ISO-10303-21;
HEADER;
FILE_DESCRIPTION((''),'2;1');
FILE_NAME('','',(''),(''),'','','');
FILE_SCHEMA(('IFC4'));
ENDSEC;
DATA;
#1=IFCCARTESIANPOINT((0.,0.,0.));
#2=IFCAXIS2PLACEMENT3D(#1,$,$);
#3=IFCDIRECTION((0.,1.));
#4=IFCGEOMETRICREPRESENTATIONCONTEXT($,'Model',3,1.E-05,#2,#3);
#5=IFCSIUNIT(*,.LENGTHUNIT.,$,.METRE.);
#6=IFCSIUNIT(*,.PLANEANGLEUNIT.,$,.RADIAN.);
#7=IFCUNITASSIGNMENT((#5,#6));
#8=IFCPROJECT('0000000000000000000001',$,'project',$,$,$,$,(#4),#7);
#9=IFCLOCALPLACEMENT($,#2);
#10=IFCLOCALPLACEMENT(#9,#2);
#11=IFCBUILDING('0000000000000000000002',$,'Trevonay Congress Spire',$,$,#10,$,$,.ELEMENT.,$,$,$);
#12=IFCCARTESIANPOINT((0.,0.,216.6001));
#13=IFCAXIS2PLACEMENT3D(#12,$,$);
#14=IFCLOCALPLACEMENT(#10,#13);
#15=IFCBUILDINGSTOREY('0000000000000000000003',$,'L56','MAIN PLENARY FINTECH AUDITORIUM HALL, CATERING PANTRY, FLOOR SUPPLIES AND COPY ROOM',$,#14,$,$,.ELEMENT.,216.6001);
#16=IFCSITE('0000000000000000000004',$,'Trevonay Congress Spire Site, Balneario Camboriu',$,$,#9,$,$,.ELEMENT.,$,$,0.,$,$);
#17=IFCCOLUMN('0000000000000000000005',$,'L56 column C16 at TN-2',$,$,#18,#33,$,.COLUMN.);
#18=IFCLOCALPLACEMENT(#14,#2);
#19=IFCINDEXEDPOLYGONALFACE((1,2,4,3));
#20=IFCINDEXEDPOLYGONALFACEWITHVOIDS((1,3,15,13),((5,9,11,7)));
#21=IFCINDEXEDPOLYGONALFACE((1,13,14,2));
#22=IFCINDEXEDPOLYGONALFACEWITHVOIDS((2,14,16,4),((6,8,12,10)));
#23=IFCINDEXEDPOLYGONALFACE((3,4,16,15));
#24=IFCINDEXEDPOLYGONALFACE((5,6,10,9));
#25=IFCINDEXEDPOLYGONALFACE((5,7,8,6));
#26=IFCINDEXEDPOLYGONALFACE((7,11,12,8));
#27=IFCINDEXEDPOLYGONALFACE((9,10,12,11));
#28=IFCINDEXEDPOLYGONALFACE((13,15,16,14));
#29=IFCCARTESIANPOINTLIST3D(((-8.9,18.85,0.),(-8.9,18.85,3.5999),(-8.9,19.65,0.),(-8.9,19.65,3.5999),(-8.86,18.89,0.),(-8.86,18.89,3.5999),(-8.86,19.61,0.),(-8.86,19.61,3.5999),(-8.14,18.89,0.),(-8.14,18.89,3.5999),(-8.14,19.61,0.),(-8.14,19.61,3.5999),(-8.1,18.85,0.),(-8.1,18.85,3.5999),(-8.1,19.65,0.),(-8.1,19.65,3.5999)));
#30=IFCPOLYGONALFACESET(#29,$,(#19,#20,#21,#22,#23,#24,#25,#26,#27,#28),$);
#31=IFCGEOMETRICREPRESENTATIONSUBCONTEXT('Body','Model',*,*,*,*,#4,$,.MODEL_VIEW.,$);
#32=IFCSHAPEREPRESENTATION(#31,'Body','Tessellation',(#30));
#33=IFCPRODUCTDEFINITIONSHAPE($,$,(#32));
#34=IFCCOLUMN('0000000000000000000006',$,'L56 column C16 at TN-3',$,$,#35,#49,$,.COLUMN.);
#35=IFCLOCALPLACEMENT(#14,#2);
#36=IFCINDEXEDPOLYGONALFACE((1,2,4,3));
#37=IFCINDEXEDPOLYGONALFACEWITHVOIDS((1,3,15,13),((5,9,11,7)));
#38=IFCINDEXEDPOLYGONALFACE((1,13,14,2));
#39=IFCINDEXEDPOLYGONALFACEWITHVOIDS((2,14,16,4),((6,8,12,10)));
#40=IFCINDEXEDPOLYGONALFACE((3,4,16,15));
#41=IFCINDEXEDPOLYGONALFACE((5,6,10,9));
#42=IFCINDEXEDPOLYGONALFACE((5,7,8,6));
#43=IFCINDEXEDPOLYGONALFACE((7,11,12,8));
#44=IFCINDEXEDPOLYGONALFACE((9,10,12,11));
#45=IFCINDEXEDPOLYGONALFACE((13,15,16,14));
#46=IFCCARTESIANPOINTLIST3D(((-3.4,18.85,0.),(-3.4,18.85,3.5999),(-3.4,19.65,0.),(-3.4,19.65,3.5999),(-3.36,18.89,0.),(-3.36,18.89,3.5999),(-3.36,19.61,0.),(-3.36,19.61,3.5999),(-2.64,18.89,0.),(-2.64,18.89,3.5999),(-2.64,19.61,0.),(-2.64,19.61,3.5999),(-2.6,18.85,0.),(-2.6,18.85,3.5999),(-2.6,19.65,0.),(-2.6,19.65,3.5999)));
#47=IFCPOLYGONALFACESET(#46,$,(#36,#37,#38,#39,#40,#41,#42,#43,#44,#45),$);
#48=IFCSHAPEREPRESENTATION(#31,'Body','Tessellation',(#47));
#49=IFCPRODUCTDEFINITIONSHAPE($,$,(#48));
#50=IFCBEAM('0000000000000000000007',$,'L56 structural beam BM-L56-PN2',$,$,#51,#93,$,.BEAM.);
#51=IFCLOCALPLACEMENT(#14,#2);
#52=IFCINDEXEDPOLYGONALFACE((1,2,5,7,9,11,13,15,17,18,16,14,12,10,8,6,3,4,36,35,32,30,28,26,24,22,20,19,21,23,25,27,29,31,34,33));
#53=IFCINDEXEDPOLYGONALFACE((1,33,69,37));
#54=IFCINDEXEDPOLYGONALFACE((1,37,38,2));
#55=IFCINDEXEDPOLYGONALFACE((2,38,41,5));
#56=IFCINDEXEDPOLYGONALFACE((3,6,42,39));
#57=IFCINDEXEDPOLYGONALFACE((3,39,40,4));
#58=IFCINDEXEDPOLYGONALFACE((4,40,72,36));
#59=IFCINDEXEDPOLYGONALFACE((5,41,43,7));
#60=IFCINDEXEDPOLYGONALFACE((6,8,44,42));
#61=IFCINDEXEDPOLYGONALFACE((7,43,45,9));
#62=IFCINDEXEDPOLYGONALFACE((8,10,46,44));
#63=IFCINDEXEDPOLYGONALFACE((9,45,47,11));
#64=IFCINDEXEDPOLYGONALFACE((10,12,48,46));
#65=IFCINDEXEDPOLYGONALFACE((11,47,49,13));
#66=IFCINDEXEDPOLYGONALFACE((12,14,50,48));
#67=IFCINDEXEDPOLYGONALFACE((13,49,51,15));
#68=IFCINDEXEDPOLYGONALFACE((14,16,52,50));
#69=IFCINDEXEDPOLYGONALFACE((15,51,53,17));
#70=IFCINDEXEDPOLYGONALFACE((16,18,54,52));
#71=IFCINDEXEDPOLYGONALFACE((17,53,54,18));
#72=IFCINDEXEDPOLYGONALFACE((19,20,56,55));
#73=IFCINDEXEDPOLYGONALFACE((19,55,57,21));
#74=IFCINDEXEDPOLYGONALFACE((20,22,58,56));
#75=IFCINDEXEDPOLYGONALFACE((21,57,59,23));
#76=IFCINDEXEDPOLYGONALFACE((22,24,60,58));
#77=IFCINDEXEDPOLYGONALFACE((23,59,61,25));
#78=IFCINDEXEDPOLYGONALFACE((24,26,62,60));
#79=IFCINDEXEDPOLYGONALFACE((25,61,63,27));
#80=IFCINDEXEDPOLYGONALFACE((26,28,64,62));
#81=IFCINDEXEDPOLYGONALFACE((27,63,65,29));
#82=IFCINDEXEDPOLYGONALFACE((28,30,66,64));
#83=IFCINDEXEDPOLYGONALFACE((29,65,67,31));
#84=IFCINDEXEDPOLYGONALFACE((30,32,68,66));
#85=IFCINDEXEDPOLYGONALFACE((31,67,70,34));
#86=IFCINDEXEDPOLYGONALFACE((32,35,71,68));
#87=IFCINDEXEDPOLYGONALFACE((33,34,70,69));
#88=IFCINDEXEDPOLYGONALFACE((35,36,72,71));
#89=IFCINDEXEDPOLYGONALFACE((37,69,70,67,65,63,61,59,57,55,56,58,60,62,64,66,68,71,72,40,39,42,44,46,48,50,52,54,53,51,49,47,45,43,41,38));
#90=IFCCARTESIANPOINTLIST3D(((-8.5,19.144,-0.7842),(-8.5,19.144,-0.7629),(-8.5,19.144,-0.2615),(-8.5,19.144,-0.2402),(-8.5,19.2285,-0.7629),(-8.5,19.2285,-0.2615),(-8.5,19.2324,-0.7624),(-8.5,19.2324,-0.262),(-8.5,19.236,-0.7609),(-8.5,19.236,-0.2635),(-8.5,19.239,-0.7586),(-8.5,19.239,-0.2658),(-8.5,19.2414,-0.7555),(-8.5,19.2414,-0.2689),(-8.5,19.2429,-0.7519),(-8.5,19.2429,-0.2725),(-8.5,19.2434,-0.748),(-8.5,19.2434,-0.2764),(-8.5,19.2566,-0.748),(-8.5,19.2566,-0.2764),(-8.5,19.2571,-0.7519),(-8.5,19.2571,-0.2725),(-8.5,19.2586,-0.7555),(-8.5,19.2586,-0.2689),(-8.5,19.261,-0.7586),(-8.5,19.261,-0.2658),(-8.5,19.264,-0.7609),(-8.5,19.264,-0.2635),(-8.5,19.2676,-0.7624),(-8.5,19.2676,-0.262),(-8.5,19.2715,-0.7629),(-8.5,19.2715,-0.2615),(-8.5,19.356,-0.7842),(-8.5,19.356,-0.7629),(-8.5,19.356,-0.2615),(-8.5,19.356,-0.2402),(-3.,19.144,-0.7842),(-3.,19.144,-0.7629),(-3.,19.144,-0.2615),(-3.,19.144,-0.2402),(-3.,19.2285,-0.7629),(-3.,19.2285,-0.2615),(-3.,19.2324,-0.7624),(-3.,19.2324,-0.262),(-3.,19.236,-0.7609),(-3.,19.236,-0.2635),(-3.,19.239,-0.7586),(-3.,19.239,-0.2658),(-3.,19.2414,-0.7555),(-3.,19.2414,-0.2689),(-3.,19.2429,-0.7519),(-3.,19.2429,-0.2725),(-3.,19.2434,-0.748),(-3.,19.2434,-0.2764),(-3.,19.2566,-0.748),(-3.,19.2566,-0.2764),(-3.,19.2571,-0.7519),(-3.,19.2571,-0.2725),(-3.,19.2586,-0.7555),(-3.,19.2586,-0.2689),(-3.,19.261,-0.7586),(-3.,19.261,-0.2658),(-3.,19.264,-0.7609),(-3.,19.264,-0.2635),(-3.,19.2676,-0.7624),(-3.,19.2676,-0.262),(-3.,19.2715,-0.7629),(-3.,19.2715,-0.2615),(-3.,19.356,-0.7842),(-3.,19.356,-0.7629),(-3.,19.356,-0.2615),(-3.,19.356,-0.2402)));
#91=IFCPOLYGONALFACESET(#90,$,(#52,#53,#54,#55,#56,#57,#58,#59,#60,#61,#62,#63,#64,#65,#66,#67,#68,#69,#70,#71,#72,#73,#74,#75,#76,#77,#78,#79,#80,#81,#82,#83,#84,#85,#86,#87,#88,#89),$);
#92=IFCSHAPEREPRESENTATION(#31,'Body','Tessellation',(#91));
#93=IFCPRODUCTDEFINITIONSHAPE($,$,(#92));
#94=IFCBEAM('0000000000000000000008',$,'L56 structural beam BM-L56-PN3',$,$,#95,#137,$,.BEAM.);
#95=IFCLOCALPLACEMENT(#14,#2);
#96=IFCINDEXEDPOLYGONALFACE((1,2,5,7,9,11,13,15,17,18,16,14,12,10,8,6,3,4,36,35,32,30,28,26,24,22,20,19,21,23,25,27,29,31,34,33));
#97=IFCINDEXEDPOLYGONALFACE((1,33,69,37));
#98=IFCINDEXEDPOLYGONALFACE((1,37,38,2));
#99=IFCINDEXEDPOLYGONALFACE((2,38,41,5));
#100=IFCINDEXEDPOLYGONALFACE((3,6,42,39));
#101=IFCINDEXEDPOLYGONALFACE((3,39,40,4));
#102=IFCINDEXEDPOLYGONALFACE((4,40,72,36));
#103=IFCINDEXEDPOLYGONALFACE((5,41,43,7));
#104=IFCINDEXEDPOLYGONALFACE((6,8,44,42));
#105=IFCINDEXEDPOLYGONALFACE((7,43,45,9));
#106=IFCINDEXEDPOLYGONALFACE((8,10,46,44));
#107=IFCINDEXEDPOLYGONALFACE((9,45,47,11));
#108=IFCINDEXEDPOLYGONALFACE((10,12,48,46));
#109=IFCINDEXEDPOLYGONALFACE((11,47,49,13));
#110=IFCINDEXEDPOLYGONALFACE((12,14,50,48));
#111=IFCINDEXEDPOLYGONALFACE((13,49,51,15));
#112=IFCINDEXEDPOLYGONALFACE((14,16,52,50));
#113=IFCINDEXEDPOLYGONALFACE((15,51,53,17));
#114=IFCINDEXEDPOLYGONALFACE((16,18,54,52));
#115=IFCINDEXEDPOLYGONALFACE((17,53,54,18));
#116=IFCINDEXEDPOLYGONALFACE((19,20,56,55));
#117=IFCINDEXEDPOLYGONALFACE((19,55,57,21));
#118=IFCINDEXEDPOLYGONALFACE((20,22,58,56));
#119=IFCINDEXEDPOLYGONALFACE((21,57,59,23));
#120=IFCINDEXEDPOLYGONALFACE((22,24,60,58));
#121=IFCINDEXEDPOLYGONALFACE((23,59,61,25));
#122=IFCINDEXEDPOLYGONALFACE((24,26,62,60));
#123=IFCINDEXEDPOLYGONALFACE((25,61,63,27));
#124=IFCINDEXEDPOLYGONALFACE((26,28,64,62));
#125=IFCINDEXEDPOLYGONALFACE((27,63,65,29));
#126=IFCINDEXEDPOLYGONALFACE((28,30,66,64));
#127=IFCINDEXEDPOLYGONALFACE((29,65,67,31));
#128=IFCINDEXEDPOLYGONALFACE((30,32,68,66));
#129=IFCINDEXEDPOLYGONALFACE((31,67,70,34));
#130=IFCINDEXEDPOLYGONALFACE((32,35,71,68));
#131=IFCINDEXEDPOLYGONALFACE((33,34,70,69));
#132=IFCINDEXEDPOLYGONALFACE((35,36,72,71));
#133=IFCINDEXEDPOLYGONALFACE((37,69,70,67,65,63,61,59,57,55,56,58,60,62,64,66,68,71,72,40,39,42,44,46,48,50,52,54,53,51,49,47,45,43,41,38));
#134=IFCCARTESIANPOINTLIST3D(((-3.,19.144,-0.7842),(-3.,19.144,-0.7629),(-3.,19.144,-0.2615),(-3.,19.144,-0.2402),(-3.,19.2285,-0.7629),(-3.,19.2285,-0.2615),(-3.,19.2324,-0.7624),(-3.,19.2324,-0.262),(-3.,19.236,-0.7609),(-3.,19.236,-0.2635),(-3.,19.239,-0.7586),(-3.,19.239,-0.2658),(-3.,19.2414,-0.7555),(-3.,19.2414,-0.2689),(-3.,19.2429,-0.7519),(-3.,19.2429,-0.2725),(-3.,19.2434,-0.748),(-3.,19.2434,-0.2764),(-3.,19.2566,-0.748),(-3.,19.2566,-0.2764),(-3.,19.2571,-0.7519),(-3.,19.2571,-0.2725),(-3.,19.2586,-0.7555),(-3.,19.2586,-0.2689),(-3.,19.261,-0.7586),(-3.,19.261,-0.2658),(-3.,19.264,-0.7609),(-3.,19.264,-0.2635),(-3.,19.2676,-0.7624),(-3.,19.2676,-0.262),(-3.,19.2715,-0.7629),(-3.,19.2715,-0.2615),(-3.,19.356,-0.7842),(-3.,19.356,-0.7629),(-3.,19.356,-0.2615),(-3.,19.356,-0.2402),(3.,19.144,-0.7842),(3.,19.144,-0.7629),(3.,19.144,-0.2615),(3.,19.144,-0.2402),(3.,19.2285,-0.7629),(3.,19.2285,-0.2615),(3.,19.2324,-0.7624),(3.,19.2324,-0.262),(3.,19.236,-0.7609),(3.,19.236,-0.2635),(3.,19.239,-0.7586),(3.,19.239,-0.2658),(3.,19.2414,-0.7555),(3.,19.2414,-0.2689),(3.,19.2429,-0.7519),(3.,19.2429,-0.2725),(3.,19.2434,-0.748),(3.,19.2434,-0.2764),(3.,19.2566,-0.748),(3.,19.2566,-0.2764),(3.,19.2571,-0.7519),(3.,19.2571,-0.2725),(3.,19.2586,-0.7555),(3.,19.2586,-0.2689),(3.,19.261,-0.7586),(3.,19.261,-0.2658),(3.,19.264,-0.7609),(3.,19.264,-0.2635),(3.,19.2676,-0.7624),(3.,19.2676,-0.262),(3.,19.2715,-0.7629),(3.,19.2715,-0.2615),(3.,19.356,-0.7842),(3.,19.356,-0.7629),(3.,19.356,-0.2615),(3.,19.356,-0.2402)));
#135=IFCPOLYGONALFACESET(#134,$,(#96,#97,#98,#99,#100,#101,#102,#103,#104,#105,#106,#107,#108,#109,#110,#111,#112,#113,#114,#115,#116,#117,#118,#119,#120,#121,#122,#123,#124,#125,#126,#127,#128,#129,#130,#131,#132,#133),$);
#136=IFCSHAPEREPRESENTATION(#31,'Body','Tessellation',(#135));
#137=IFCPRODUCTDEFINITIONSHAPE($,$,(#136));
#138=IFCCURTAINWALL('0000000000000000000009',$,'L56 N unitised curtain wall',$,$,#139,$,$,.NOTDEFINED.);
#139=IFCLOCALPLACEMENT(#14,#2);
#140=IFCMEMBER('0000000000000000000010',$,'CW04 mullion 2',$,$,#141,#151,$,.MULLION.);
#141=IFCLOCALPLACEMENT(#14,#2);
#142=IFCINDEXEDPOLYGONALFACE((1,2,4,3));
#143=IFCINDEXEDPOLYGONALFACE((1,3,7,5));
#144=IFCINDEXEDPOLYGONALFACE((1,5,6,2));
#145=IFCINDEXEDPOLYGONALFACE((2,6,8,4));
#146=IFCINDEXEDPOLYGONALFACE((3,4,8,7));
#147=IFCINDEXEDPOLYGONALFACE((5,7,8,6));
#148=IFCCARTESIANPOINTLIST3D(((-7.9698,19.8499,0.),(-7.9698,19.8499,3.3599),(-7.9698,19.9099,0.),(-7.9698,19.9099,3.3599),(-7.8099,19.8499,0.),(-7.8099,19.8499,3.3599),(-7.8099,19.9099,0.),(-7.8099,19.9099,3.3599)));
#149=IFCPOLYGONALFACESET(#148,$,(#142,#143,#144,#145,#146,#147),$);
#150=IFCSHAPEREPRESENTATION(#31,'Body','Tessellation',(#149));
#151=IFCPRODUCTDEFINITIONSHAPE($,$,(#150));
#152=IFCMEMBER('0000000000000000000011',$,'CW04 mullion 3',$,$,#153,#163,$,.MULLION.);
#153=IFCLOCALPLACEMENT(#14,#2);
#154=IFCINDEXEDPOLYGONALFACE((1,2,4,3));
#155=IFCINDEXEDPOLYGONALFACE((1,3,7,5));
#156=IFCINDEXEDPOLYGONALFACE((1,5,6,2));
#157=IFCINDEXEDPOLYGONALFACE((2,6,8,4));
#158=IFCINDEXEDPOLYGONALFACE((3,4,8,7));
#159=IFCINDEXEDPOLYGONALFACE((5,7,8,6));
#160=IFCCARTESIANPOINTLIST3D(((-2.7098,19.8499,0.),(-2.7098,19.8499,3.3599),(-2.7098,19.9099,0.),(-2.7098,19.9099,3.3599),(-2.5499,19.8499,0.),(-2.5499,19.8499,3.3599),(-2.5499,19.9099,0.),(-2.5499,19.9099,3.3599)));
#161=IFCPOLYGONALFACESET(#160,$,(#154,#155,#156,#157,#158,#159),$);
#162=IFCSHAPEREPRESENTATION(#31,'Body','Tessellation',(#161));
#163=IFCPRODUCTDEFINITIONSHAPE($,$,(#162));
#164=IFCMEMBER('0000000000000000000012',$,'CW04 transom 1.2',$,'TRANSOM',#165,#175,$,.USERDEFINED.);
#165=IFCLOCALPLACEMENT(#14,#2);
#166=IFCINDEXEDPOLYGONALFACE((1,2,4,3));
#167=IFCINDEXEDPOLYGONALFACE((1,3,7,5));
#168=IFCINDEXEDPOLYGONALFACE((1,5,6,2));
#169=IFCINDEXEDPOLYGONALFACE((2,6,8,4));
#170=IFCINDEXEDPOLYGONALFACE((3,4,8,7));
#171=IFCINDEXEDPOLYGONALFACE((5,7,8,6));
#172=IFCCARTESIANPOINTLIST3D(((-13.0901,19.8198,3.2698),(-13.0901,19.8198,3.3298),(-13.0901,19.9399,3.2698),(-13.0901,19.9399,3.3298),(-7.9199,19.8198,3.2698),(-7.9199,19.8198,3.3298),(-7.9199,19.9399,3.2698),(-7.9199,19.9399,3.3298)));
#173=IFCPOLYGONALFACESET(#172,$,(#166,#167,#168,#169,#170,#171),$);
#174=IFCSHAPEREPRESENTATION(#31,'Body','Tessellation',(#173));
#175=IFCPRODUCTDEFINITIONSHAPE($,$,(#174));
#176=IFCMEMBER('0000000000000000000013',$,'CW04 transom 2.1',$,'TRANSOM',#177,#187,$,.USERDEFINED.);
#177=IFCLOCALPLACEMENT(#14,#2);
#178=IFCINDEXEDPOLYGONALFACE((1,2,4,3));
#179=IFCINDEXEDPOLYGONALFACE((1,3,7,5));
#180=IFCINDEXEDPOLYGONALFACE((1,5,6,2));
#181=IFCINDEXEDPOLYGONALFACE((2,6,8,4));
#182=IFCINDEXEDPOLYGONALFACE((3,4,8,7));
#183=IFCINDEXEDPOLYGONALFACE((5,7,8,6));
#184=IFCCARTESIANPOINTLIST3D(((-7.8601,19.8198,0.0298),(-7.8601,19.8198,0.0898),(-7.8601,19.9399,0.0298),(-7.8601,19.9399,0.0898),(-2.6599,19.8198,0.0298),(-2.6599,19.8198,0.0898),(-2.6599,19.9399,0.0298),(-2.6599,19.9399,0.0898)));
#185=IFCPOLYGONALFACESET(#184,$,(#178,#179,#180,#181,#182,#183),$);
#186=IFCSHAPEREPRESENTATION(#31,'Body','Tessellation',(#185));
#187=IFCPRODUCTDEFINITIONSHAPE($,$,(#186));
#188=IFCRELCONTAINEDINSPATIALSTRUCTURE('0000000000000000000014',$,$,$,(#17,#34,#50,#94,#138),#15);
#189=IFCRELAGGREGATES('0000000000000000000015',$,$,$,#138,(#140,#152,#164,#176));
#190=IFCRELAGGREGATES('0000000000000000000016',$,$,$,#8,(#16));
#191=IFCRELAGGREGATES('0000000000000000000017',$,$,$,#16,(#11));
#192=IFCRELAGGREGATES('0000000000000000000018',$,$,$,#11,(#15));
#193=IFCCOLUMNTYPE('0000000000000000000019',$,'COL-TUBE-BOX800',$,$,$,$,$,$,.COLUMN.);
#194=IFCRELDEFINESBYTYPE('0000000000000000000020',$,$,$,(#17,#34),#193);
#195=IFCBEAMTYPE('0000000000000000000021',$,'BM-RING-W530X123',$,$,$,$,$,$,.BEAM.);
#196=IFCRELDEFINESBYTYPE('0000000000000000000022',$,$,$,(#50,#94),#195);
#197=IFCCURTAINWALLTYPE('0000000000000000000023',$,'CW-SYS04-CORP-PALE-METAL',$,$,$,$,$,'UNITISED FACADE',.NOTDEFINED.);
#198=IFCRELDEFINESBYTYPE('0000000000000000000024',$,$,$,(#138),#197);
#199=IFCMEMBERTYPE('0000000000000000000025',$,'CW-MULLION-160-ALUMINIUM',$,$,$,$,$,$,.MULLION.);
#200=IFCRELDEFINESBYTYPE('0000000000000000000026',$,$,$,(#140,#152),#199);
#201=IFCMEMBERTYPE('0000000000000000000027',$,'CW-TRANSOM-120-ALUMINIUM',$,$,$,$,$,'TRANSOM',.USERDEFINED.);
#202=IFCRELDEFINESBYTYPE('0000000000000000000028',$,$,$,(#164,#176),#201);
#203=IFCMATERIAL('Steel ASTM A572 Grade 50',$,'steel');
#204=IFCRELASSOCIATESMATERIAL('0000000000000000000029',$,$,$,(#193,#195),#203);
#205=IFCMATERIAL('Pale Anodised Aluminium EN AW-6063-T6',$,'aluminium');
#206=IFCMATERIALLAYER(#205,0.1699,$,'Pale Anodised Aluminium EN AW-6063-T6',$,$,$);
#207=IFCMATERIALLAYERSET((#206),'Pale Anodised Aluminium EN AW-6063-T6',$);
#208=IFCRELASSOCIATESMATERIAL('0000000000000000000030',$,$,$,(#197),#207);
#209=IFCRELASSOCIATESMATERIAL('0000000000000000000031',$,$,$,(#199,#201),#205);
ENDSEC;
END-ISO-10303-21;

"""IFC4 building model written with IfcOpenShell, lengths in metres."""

from ifc_helpers import new_model, si_unit, direction, frame, origin, origin_2d, place, context, subcontext, project, spatial, rectangle, hollow_rectangle, i_section, extrude, material, layer, layer_set, material_profile, profile_set, type_object, element, aggregate, save


model = new_model("IFC4")

# Units and contexts
model_context = context("Model", 3, precision=1e-05, world=origin(), true_north=direction((0.0, 1.0)))
body_context = subcontext(model_context, "Body", "Model", "MODEL_VIEW")
ifc_project = project(units=[si_unit("LENGTHUNIT", "METRE"), si_unit("PLANEANGLEUNIT", "RADIAN")], contexts=[model_context])

# Site, building, storey
site_placement = place(None, origin())
site = spatial("IfcSite", under=ifc_project, at=site_placement, Name="Trevonay Congress Spire Site, Balneario Camboriu", CompositionType="ELEMENT", RefElevation=0.0)
building_placement = place(site_placement, origin())
building = spatial("IfcBuilding", under=site, at=building_placement, Name="Trevonay Congress Spire", CompositionType="ELEMENT")
storey_placement = place(building_placement, frame((0.0, 0.0, 216.6001)))
storey = spatial("IfcBuildingStorey", under=building, at=storey_placement, Name="L56", Description="MAIN PLENARY FINTECH AUDITORIUM HALL, CATERING PANTRY, FLOOR SUPPLIES AND COPY ROOM", CompositionType="ELEMENT", Elevation=216.6001)

# Columns
ifc_material_1 = material(Name="Steel ASTM A572 Grade 50", Category="steel")
ifc_material_profile_1 = material_profile(ifc_material_1, hollow_rectangle(XDim=0.8, YDim=0.8, WallThickness=0.04, at=origin_2d()), Name="BOX 800x800x40")
ifc_profile_set_1 = profile_set([ifc_material_profile_1], Name="Steel ASTM A572 Grade 50")
column_type = type_object("IfcColumnType", Name="COL-TUBE-BOX800", PredefinedType="COLUMN", material=ifc_profile_set_1)
for number, where, z_axis, x_axis, name in (
    (1, (-8.5, 19.25, 0.0), (0.0, 0.0, 1.0), (1.0, 0.0, 0.0), "L56 column C16 at TN-2"),
    (2, (-3.0, 19.25, 0.0), (0.0, 0.0, 1.0), (1.0, 0.0, 0.0), "L56 column C16 at TN-3"),
):
    element("IfcColumn", number, at=place(storey_placement, frame(where, z_axis=z_axis, x_axis=x_axis)), inside=storey, type_object=column_type, Name=name, PredefinedType="COLUMN", context=body_context, shape_type="SweptSolid", body=[
        extrude(hollow_rectangle(XDim=0.8, YDim=0.8, WallThickness=0.04, at=origin_2d()), origin(), (0.0, 0.0, 1.0), 3.5999),
    ])

# Beams
ifc_material_profile_2 = material_profile(ifc_material_1, i_section(OverallWidth=0.2119, OverallDepth=0.5439, WebThickness=0.0132, FlangeThickness=0.0212, FilletRadius=0.0149, at=origin_2d()), Name="W530x123")
ifc_profile_set_2 = profile_set([ifc_material_profile_2], Name="Steel ASTM A572 Grade 50")
beam_type = type_object("IfcBeamType", Name="BM-RING-W530X123", PredefinedType="BEAM", material=ifc_profile_set_2)
beam_1_placement = place(storey_placement, frame((-8.5, 19.25, -0.5122), z_axis=(1.0, 0.0, 0.0), x_axis=(0.0, 1.0, 0.0)))
element("IfcBeam", 3, at=beam_1_placement, inside=storey, type_object=beam_type, Name="L56 structural beam BM-L56-PN2", PredefinedType="BEAM", context=body_context, shape_type="SweptSolid", body=[
    extrude(i_section(OverallWidth=0.2119, OverallDepth=0.5439, WebThickness=0.0132, FlangeThickness=0.0212, FilletRadius=0.0149, at=origin_2d()), origin(), (0.0, 0.0, 1.0), 5.5),
])
beam_2_placement = place(storey_placement, frame((-3.0, 19.25, -0.5122), z_axis=(1.0, 0.0, 0.0), x_axis=(0.0, 1.0, 0.0)))
element("IfcBeam", 4, at=beam_2_placement, inside=storey, type_object=beam_type, Name="L56 structural beam BM-L56-PN3", PredefinedType="BEAM", context=body_context, shape_type="SweptSolid", body=[
    extrude(i_section(OverallWidth=0.2119, OverallDepth=0.5439, WebThickness=0.0132, FlangeThickness=0.0212, FilletRadius=0.0149, at=origin_2d()), origin(), (0.0, 0.0, 1.0), 6.0),
])

# Curtain wall, members
ifc_material_2 = material(Name="Pale Anodised Aluminium EN AW-6063-T6", Category="aluminium")
ifc_layer_1 = layer(ifc_material_2, 0.1699, Name="Pale Anodised Aluminium EN AW-6063-T6")
ifc_layer_set_1 = layer_set([ifc_layer_1], Name="Pale Anodised Aluminium EN AW-6063-T6")
curtain_wall_type = type_object("IfcCurtainWallType", Name="CW-SYS04-CORP-PALE-METAL", ElementType="UNITISED FACADE", PredefinedType="NOTDEFINED", material=ifc_layer_set_1)
curtain_wall_placement = place(storey_placement, origin())
curtain_wall = element("IfcCurtainWall", 5, at=curtain_wall_placement, inside=storey, type_object=curtain_wall_type, Name="L56 N unitised curtain wall", PredefinedType="NOTDEFINED")
ifc_material_profile_3 = material_profile(ifc_material_2, rectangle(XDim=0.0601, YDim=0.1599, at=origin_2d()), Name="CW-MULLION-160-ALUMINIUM")
ifc_profile_set_3 = profile_set([ifc_material_profile_3], Name="Pale Anodised Aluminium EN AW-6063-T6")
member_type_1 = type_object("IfcMemberType", Name="CW-MULLION-160-ALUMINIUM", PredefinedType="MULLION", material=ifc_profile_set_3)
member_1_placement = place(storey_placement, frame((-7.8899, 19.8799, 0.0), z_axis=(0.0, 0.0, 1.0), x_axis=(0.0, 1.0, 0.0)))
member_1 = element("IfcMember", 6, at=member_1_placement, type_object=member_type_1, Name="CW04 mullion 2", PredefinedType="MULLION", context=body_context, shape_type="SweptSolid", body=[
    extrude(rectangle(XDim=0.0601, YDim=0.1599, at=origin_2d()), origin(), (0.0, 0.0, 1.0), 3.3599),
])
member_2_placement = place(storey_placement, frame((-2.6299, 19.8799, 0.0), z_axis=(0.0, 0.0, 1.0), x_axis=(0.0, 1.0, 0.0)))
member_2 = element("IfcMember", 7, at=member_2_placement, type_object=member_type_1, Name="CW04 mullion 3", PredefinedType="MULLION", context=body_context, shape_type="SweptSolid", body=[
    extrude(rectangle(XDim=0.0601, YDim=0.1599, at=origin_2d()), origin(), (0.0, 0.0, 1.0), 3.3599),
])
ifc_material_profile_4 = material_profile(ifc_material_2, rectangle(XDim=0.1201, YDim=0.0601, at=origin_2d()), Name="CW-TRANSOM-120-ALUMINIUM")
ifc_profile_set_4 = profile_set([ifc_material_profile_4], Name="Pale Anodised Aluminium EN AW-6063-T6")
member_type_2 = type_object("IfcMemberType", Name="CW-TRANSOM-120-ALUMINIUM", ElementType="TRANSOM", PredefinedType="USERDEFINED", material=ifc_profile_set_4)
member_3_placement = place(storey_placement, frame((-13.0901, 19.8799, 3.2998), z_axis=(1.0, 0.0, 0.0), x_axis=(0.0, 1.0, 0.0)))
member_3 = element("IfcMember", 8, at=member_3_placement, type_object=member_type_2, Name="CW04 transom 1.2", ObjectType="TRANSOM", PredefinedType="USERDEFINED", context=body_context, shape_type="SweptSolid", body=[
    extrude(rectangle(XDim=0.1201, YDim=0.0601, at=origin_2d()), origin(), (0.0, 0.0, 1.0), 5.1702),
])
member_4_placement = place(storey_placement, frame((-7.8601, 19.8799, 0.0598), z_axis=(1.0, 0.0, 0.0), x_axis=(0.0, 1.0, 0.0)))
member_4 = element("IfcMember", 9, at=member_4_placement, type_object=member_type_2, Name="CW04 transom 2.1", ObjectType="TRANSOM", PredefinedType="USERDEFINED", context=body_context, shape_type="SweptSolid", body=[
    extrude(rectangle(XDim=0.1201, YDim=0.0601, at=origin_2d()), origin(), (0.0, 0.0, 1.0), 5.2002),
])
aggregate(curtain_wall, [member_1, member_2, member_3, member_4])

save(model, "model.ifc")
